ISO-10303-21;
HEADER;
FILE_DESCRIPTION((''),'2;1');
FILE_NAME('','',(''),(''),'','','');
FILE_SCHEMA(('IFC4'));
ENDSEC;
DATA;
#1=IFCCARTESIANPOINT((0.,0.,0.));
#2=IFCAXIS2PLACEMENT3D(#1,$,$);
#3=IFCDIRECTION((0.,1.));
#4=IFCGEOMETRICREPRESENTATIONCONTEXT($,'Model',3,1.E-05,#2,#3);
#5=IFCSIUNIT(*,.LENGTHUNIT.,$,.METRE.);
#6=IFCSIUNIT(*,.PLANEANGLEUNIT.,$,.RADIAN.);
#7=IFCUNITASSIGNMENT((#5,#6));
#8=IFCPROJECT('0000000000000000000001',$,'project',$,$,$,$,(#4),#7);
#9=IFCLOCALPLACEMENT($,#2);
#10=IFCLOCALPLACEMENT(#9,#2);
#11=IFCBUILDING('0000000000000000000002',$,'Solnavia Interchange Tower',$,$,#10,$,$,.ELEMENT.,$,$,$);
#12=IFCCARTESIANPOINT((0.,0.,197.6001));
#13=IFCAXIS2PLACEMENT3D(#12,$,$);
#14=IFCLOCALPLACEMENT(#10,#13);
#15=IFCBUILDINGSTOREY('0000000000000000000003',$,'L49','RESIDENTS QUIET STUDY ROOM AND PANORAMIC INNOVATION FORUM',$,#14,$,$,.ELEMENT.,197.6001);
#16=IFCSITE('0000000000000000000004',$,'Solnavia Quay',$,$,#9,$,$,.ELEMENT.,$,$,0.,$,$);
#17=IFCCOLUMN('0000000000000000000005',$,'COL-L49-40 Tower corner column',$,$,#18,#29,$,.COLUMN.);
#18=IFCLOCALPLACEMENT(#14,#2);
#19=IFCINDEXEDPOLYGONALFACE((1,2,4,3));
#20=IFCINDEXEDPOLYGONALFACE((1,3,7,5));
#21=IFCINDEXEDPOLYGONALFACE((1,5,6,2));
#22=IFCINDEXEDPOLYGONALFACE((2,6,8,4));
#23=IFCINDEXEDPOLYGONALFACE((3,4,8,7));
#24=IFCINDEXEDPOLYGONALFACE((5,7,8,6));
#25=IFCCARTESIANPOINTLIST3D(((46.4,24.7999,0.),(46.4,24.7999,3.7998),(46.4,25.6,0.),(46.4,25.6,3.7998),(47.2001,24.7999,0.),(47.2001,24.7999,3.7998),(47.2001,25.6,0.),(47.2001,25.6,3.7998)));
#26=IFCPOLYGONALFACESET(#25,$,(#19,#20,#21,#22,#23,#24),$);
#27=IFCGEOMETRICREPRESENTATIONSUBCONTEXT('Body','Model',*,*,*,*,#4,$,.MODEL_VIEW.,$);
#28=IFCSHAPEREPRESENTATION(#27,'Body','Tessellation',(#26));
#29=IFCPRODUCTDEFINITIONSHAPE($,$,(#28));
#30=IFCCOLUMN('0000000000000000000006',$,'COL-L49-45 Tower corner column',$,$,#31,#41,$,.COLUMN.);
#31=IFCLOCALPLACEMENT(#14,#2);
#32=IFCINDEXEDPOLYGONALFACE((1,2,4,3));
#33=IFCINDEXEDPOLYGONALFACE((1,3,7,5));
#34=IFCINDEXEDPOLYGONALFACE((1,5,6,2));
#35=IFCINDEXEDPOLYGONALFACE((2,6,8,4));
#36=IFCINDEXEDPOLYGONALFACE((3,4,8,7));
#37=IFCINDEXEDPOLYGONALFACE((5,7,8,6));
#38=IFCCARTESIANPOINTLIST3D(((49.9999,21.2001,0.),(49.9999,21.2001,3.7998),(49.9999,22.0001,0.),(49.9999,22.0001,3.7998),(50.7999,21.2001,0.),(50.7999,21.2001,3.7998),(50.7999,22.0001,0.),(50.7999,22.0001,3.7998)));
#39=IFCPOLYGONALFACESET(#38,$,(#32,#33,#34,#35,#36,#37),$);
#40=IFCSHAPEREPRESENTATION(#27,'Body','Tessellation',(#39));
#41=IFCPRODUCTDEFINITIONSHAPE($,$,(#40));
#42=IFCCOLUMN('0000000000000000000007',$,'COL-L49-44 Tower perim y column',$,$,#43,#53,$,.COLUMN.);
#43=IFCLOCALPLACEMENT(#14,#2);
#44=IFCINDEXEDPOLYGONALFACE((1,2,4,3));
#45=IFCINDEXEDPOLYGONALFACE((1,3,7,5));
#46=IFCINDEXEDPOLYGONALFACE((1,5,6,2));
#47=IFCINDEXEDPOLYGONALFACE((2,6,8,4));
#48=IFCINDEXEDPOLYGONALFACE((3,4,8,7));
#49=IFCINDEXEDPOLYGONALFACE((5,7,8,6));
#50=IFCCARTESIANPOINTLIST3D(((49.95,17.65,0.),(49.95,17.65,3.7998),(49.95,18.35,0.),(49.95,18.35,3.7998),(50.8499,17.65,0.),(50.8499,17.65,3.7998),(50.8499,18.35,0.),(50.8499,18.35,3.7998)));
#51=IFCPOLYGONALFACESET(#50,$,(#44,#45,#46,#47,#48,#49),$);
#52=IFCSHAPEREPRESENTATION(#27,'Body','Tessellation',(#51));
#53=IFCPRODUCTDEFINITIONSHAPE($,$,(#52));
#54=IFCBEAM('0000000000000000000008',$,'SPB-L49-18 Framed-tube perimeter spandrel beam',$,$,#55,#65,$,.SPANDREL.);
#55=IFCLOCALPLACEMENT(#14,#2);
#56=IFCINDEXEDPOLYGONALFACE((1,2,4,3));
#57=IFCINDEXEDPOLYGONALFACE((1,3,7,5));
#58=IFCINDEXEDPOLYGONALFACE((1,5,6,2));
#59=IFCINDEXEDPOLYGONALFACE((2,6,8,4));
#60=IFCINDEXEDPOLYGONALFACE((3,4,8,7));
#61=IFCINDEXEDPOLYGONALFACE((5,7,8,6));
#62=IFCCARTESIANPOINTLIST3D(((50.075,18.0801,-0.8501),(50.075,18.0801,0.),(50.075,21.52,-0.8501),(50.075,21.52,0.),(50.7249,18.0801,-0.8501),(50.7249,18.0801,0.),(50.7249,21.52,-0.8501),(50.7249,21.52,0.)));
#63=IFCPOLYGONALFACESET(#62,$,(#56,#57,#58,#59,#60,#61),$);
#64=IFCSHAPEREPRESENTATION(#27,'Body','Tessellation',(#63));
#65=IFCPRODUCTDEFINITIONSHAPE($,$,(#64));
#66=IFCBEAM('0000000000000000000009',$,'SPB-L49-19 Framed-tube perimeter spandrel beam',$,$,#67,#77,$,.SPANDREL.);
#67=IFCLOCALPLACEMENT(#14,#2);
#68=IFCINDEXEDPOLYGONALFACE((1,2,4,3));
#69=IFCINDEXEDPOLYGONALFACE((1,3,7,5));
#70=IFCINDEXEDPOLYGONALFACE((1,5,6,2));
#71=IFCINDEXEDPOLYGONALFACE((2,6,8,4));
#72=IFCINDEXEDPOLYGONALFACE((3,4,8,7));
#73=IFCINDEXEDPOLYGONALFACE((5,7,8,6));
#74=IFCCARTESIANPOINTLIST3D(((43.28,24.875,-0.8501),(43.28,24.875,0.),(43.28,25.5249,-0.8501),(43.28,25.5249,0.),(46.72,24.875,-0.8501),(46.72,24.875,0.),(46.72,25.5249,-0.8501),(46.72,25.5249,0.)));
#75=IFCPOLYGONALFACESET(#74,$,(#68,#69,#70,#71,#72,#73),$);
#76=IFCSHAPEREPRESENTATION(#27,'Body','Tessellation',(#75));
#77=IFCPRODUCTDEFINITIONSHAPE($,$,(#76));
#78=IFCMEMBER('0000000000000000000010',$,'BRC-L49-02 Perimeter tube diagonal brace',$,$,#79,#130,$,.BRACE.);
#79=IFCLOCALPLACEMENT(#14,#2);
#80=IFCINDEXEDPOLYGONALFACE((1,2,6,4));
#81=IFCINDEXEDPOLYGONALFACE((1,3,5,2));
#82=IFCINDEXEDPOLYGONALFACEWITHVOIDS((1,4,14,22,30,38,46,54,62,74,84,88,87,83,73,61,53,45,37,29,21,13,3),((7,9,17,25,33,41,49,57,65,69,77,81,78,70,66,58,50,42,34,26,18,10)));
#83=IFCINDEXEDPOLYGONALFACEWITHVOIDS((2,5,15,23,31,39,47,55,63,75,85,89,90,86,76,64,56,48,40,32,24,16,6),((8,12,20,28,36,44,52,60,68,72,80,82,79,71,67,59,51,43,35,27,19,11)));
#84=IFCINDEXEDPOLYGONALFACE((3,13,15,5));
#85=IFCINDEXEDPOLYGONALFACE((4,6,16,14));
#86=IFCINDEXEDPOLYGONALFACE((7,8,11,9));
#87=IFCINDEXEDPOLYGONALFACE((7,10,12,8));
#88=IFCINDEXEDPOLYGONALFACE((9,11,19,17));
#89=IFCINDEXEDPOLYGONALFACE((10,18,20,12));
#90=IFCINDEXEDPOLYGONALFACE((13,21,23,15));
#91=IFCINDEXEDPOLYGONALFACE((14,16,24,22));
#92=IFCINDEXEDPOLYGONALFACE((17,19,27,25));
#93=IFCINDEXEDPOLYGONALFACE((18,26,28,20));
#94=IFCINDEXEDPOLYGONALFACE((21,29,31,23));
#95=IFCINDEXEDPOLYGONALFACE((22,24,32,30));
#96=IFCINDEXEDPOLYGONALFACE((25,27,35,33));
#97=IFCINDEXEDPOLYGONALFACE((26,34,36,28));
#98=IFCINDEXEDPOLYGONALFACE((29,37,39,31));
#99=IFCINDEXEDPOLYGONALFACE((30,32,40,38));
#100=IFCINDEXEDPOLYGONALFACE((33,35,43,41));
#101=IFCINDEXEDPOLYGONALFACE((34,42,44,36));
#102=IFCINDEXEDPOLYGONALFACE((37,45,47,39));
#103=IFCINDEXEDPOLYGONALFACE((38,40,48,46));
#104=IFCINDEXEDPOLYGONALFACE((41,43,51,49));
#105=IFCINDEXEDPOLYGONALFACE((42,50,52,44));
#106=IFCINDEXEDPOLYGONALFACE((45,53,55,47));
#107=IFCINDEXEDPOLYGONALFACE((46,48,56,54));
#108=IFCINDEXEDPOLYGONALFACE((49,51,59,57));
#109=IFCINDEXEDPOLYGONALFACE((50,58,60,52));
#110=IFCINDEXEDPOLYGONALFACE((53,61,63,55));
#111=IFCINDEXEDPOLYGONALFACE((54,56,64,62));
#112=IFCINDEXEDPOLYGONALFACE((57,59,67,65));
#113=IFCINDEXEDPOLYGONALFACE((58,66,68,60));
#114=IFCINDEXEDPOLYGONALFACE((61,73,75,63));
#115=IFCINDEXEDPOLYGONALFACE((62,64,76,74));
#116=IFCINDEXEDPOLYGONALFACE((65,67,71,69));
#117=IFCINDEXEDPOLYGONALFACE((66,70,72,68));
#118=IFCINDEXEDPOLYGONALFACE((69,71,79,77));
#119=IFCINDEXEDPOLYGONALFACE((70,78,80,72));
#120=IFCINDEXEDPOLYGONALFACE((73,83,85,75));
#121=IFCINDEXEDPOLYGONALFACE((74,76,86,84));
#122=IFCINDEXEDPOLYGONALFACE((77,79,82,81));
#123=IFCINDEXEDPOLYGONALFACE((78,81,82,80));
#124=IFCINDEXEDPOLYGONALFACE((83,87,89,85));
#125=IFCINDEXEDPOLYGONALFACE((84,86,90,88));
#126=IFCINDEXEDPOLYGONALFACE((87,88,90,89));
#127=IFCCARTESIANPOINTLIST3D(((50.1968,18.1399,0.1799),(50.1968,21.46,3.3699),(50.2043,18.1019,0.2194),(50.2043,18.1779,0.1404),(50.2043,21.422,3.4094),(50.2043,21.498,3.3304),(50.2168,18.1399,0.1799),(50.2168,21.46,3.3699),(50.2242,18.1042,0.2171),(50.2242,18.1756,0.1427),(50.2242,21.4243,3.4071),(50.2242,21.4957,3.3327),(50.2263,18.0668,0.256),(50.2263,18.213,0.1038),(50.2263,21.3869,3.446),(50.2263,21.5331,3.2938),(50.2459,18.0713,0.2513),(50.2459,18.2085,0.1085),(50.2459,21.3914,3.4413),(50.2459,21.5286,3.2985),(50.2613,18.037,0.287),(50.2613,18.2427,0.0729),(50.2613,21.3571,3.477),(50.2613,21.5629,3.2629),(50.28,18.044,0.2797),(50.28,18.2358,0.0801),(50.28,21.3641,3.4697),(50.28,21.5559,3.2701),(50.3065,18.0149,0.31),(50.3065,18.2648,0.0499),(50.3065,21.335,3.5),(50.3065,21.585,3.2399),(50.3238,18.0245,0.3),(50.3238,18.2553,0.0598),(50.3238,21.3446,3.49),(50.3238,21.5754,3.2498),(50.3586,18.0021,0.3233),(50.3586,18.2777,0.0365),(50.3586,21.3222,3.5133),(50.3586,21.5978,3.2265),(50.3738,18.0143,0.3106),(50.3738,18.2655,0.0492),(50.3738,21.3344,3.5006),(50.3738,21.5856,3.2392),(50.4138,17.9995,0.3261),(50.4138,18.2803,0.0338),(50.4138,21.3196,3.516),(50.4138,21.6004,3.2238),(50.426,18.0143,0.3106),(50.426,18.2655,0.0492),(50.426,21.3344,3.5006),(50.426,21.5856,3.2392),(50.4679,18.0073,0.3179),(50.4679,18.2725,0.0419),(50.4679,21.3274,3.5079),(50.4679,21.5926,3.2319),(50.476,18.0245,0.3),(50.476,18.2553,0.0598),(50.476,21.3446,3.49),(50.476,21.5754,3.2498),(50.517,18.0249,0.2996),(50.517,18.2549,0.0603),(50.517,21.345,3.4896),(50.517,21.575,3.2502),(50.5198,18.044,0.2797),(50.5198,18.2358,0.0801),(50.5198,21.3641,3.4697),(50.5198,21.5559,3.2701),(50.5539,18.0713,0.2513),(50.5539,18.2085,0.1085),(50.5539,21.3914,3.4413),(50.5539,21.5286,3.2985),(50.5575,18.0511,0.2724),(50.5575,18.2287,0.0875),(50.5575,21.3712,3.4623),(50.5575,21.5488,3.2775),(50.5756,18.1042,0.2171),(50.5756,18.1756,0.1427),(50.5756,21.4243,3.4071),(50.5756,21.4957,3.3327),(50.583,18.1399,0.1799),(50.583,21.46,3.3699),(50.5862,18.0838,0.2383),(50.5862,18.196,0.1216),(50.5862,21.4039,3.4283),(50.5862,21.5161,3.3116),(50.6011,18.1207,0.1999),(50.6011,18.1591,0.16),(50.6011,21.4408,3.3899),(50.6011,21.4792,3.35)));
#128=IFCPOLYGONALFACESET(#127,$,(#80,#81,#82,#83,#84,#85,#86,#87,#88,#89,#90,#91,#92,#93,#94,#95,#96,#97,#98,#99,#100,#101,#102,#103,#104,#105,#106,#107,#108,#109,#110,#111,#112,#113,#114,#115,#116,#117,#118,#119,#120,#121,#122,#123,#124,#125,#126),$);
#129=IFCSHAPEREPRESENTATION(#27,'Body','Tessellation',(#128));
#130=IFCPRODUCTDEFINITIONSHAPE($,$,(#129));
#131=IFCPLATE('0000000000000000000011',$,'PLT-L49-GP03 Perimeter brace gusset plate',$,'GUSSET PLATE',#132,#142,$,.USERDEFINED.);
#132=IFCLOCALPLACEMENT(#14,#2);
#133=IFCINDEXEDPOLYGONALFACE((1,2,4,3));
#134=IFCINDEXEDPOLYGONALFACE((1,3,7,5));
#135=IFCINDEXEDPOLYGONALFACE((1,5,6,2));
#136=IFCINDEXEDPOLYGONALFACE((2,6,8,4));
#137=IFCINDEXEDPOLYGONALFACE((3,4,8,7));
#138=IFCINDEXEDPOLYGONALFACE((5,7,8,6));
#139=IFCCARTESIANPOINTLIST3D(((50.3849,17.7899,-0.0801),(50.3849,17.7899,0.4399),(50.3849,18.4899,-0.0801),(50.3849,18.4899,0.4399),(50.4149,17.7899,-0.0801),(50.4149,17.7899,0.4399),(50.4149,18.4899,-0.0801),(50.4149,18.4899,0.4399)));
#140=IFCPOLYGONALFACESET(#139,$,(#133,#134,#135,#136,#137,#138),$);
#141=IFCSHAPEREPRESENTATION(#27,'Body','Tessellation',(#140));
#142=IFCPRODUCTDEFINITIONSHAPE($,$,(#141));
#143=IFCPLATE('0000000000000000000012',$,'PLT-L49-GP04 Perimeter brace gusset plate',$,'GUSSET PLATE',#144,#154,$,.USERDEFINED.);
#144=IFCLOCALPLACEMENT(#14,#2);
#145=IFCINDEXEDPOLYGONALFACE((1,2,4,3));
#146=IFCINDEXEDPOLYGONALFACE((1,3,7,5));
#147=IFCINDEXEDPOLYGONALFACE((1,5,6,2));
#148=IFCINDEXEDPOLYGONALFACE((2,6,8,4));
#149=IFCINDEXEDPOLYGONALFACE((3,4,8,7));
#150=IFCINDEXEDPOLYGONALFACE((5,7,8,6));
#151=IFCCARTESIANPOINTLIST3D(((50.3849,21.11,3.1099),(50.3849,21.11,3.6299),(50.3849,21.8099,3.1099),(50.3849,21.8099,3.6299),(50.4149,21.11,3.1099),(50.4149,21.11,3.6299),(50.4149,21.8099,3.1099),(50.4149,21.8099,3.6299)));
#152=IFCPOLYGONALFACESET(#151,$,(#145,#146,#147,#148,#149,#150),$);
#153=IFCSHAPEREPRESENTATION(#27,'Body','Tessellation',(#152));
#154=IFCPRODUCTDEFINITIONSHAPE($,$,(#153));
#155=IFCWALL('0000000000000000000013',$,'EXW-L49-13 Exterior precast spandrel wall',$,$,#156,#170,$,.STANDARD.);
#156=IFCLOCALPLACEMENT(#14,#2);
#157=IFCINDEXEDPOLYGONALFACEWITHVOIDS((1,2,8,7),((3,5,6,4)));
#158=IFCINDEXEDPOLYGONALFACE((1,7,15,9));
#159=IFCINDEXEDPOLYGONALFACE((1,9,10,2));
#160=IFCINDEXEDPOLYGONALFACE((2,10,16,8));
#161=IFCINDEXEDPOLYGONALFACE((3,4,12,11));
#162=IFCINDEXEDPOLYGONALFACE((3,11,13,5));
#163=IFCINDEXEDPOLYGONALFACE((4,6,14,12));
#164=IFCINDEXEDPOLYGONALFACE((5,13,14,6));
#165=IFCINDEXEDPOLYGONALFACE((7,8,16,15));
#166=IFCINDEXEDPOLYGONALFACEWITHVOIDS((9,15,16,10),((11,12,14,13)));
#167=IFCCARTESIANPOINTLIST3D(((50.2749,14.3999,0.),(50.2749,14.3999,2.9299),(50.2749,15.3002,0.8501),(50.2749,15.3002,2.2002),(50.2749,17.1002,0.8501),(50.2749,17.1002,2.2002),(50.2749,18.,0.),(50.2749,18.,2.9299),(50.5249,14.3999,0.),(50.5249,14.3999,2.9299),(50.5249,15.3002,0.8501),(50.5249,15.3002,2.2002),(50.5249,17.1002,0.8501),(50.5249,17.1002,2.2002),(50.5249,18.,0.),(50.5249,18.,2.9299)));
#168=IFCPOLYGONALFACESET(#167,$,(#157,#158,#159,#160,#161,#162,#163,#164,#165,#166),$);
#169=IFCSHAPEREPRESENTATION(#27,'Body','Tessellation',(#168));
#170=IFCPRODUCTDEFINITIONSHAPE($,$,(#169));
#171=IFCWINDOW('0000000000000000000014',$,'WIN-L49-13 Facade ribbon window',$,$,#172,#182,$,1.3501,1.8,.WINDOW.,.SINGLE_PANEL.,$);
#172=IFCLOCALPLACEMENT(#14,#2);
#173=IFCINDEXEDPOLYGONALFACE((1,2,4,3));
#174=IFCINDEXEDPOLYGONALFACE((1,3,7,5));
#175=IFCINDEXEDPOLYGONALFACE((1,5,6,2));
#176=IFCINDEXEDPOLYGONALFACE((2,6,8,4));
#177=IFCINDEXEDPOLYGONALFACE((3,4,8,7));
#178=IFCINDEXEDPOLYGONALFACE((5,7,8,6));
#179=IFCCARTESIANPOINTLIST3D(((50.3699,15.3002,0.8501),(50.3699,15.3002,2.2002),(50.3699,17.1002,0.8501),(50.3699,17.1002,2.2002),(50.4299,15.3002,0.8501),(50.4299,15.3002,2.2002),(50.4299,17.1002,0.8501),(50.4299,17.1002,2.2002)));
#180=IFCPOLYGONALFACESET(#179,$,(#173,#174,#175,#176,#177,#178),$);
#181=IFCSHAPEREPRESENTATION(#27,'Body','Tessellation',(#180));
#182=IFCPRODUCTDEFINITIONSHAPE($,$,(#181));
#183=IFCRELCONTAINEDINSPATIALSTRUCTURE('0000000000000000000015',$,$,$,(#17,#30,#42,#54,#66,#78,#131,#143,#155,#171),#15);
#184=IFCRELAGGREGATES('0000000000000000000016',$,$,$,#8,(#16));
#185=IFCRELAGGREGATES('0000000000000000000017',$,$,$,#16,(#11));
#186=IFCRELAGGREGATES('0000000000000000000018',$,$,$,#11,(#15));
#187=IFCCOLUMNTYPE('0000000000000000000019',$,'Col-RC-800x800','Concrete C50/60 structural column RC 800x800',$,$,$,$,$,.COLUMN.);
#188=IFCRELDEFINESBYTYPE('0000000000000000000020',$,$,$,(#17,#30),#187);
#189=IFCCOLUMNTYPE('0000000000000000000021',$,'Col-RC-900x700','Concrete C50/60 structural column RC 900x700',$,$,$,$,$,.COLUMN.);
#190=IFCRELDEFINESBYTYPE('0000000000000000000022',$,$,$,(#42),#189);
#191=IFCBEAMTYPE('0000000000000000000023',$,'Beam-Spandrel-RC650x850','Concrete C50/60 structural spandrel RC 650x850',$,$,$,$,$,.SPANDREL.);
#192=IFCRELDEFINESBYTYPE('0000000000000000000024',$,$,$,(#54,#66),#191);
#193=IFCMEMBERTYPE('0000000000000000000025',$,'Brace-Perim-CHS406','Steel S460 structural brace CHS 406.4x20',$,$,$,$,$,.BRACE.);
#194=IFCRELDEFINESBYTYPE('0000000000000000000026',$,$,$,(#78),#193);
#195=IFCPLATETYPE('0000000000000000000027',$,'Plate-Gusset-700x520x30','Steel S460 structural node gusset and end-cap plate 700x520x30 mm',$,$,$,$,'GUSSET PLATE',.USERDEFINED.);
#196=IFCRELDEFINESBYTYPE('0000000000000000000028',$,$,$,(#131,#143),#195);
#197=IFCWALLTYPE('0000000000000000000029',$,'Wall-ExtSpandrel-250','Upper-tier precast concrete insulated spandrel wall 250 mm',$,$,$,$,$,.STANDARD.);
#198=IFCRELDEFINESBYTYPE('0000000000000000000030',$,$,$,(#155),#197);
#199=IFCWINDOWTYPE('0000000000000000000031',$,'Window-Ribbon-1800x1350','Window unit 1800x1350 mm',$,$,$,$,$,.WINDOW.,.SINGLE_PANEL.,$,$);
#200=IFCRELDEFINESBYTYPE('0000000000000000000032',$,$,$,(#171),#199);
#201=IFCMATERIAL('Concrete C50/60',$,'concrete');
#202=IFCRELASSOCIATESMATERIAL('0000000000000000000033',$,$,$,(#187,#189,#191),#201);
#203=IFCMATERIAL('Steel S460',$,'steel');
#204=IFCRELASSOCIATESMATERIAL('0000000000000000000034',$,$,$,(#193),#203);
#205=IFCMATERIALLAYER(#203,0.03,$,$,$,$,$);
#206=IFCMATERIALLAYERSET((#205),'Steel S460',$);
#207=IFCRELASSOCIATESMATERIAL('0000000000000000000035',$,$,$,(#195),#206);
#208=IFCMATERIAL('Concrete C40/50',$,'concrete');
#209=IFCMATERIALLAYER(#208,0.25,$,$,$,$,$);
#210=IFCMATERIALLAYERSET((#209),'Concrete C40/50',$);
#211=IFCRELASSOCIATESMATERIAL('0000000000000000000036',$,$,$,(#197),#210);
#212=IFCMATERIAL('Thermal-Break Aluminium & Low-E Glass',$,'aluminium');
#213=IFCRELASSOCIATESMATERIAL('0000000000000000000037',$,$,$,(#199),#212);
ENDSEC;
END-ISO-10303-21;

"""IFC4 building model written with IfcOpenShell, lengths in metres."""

from ifc_helpers import new_model, si_unit, direction, frame, frame_2d, origin, origin_2d, place, context, subcontext, project, spatial, rectangle, hollow_circle, extrude, material, layer, layer_set, material_profile, profile_set, type_object, element, fill, save


model = new_model("IFC4")

# Units and contexts
model_context = context("Model", 3, precision=1e-05, world=origin(), true_north=direction((0.0, 1.0)))
body_context = subcontext(model_context, "Body", "Model", "MODEL_VIEW")
ifc_project = project(units=[si_unit("LENGTHUNIT", "METRE"), si_unit("PLANEANGLEUNIT", "RADIAN")], contexts=[model_context])

# Site, building, storey
site_placement = place(None, origin())
site = spatial("IfcSite", under=ifc_project, at=site_placement, Name="Solnavia Quay", CompositionType="ELEMENT", RefElevation=0.0)
building_placement = place(site_placement, origin())
building = spatial("IfcBuilding", under=site, at=building_placement, Name="Solnavia Interchange Tower", CompositionType="ELEMENT")
storey_placement = place(building_placement, frame((0.0, 0.0, 197.6001)))
storey = spatial("IfcBuildingStorey", under=building, at=storey_placement, Name="L49", Description="RESIDENTS QUIET STUDY ROOM AND PANORAMIC INNOVATION FORUM", CompositionType="ELEMENT", Elevation=197.6001)

# Columns
ifc_material_1 = material(Name="Concrete C50/60", Category="concrete")
ifc_material_profile_1 = material_profile(ifc_material_1, rectangle(XDim=0.8, YDim=0.8, at=origin_2d()), Name="RC 800x800")
ifc_profile_set_1 = profile_set([ifc_material_profile_1], Name="Concrete C50/60")
column_type_1 = type_object("IfcColumnType", Name="Col-RC-800x800", Description="Concrete C50/60 structural column RC 800x800", PredefinedType="COLUMN", material=ifc_profile_set_1)
for number, where, z_axis, x_axis, name in (
    (1, (46.8, 25.2, 0.0), (0.0, 0.0, 1.0), (1.0, 0.0, 0.0), "COL-L49-40 Tower corner column"),
    (2, (50.3999, 21.6001, 0.0), (0.0, 0.0, 1.0), (0.0, 1.0, 0.0), "COL-L49-45 Tower corner column"),
):
    element("IfcColumn", number, at=place(storey_placement, frame(where, z_axis=z_axis, x_axis=x_axis)), inside=storey, type_object=column_type_1, Name=name, PredefinedType="COLUMN", context=body_context, shape_type="SweptSolid", body=[
        extrude(rectangle(XDim=0.8, YDim=0.8, at=origin_2d()), origin(), (0.0, 0.0, 1.0), 3.7998),
    ])
ifc_material_profile_2 = material_profile(ifc_material_1, rectangle(XDim=0.7, YDim=0.8999, at=origin_2d()), Name="RC 900x700")
ifc_profile_set_2 = profile_set([ifc_material_profile_2], Name="Concrete C50/60")
column_type_2 = type_object("IfcColumnType", Name="Col-RC-900x700", Description="Concrete C50/60 structural column RC 900x700", PredefinedType="COLUMN", material=ifc_profile_set_2)
column_placement = place(storey_placement, frame((50.3999, 18.0, 0.0), z_axis=(0.0, 0.0, 1.0), x_axis=(0.0, 1.0, 0.0)))
element("IfcColumn", 3, at=column_placement, inside=storey, type_object=column_type_2, Name="COL-L49-44 Tower perim y column", PredefinedType="COLUMN", context=body_context, shape_type="SweptSolid", body=[
    extrude(rectangle(XDim=0.7, YDim=0.8999, at=origin_2d()), origin(), (0.0, 0.0, 1.0), 3.7998),
])

# Beams
ifc_material_profile_3 = material_profile(ifc_material_1, rectangle(XDim=0.6499, YDim=0.8501, at=origin_2d()), Name="RC 650x850")
ifc_profile_set_3 = profile_set([ifc_material_profile_3], Name="Concrete C50/60")
beam_type = type_object("IfcBeamType", Name="Beam-Spandrel-RC650x850", Description="Concrete C50/60 structural spandrel RC 650x850", PredefinedType="SPANDREL", material=ifc_profile_set_3)
for number, where, z_axis, x_axis, name in (
    (4, (50.3999, 18.0801, -0.425), (0.0, 1.0, 0.0), (-1.0, 0.0, 0.0), "SPB-L49-18 Framed-tube perimeter spandrel beam"),
    (5, (46.72, 25.2, -0.425), (-1.0, 0.0, 0.0), (0.0, -1.0, 0.0), "SPB-L49-19 Framed-tube perimeter spandrel beam"),
):
    element("IfcBeam", number, at=place(storey_placement, frame(where, z_axis=z_axis, x_axis=x_axis)), inside=storey, type_object=beam_type, Name=name, PredefinedType="SPANDREL", context=body_context, shape_type="SweptSolid", body=[
        extrude(rectangle(XDim=0.6499, YDim=0.8501, at=origin_2d()), origin(), (0.0, 0.0, 1.0), 3.4399),
    ])

# Member
ifc_material_2 = material(Name="Steel S460", Category="steel")
ifc_material_profile_4 = material_profile(ifc_material_2, hollow_circle(Radius=0.2031, WallThickness=0.02, at=origin_2d()), Name="CHS 406.4x20")
ifc_profile_set_4 = profile_set([ifc_material_profile_4], Name="Steel S460")
member_type = type_object("IfcMemberType", Name="Brace-Perim-CHS406", Description="Steel S460 structural brace CHS 406.4x20", PredefinedType="BRACE", material=ifc_profile_set_4)
member_placement = place(storey_placement, frame((50.3999, 18.1399, 0.1799), z_axis=(0.0, 0.721097, 0.692834), x_axis=(-1.0, 0.0, 0.0)))
element("IfcMember", 6, at=member_placement, inside=storey, type_object=member_type, Name="BRC-L49-02 Perimeter tube diagonal brace", PredefinedType="BRACE", context=body_context, shape_type="SweptSolid", body=[
    extrude(hollow_circle(Radius=0.2031, WallThickness=0.02, at=origin_2d()), origin(), (0.0, 0.0, 1.0), 4.6042),
])

# Plates
ifc_layer_1 = layer(ifc_material_2, 0.03)
ifc_layer_set_1 = layer_set([ifc_layer_1], Name="Steel S460")
plate_type = type_object("IfcPlateType", Name="Plate-Gusset-700x520x30", Description="Steel S460 structural node gusset and end-cap plate 700x520x30 mm", ElementType="GUSSET PLATE", PredefinedType="USERDEFINED", material=ifc_layer_set_1)
for number, where, z_axis, x_axis, name in (
    (7, (50.3999, 18.1399, -0.0801), (0.0, 0.0, 1.0), (0.0, 1.0, 0.0), "PLT-L49-GP03 Perimeter brace gusset plate"),
    (8, (50.3999, 21.46, 3.1099), (0.0, 0.0, 1.0), (0.0, 1.0, 0.0), "PLT-L49-GP04 Perimeter brace gusset plate"),
):
    element("IfcPlate", number, at=place(storey_placement, frame(where, z_axis=z_axis, x_axis=x_axis)), inside=storey, type_object=plate_type, Name=name, ObjectType="GUSSET PLATE", PredefinedType="USERDEFINED", context=body_context, shape_type="SweptSolid", body=[
        extrude(rectangle(XDim=0.7, YDim=0.03, at=origin_2d()), origin(), (0.0, 0.0, 1.0), 0.52),
    ])

# Wall, opening, window
ifc_material_3 = material(Name="Concrete C40/50", Category="concrete")
ifc_layer_2 = layer(ifc_material_3, 0.25)
ifc_layer_set_2 = layer_set([ifc_layer_2], Name="Concrete C40/50")
wall_type_1 = type_object("IfcWallType", Name="Wall-ExtSpandrel-250", Description="Upper-tier precast concrete insulated spandrel wall 250 mm", PredefinedType="STANDARD", material=ifc_layer_set_2)
wall_1_placement = place(storey_placement, frame((50.3999, 18.0, 0.0), z_axis=(0.0, 0.0, 1.0), x_axis=(0.0, -1.0, 0.0)))
wall_1 = element("IfcWall", 9, at=wall_1_placement, inside=storey, type_object=wall_type_1, Name="EXW-L49-13 Exterior precast spandrel wall", PredefinedType="STANDARD", context=body_context, shape_type="SweptSolid", body=[
    extrude(rectangle(XDim=3.6001, YDim=0.25, at=frame_2d((1.8, 0.0))), origin(), (0.0, 0.0, 1.0), 2.9299),
])
opening_1_placement = place(wall_1_placement, frame((0.8999, 0.0, 0.8501)))
opening_1 = element("IfcOpeningElement", 10, at=opening_1_placement, cuts=wall_1, PredefinedType="OPENING", context=body_context, shape_type="SweptSolid", body=[
    extrude(rectangle(XDim=1.8, YDim=1.3501, at=frame_2d((0.8999, 0.675))), frame((0.0, 0.135, 0.0), z_axis=(0.0, -1.0, 0.0), x_axis=(1.0, 0.0, 0.0)), (0.0, 0.0, 1.0), 0.27),
])
ifc_material_4 = material(Name="Thermal-Break Aluminium & Low-E Glass", Category="aluminium")
window_type = type_object("IfcWindowType", Name="Window-Ribbon-1800x1350", Description="Window unit 1800x1350 mm", PartitioningType="SINGLE_PANEL", PredefinedType="WINDOW", material=ifc_material_4)
window_placement = place(opening_1_placement, origin())
window = element("IfcWindow", 11, at=window_placement, inside=storey, type_object=window_type, Name="WIN-L49-13 Facade ribbon window", OverallHeight=1.3501, OverallWidth=1.8, PartitioningType="SINGLE_PANEL", PredefinedType="WINDOW", context=body_context, shape_type="SweptSolid", body=[
    extrude(rectangle(XDim=1.8, YDim=1.3501, at=frame_2d((0.8999, 0.675))), frame((0.0, 0.03, 0.0), z_axis=(0.0, -1.0, 0.0), x_axis=(1.0, 0.0, 0.0)), (0.0, 0.0, 1.0), 0.0601),
])
fill(opening_1, window)

save(model, "model.ifc")
